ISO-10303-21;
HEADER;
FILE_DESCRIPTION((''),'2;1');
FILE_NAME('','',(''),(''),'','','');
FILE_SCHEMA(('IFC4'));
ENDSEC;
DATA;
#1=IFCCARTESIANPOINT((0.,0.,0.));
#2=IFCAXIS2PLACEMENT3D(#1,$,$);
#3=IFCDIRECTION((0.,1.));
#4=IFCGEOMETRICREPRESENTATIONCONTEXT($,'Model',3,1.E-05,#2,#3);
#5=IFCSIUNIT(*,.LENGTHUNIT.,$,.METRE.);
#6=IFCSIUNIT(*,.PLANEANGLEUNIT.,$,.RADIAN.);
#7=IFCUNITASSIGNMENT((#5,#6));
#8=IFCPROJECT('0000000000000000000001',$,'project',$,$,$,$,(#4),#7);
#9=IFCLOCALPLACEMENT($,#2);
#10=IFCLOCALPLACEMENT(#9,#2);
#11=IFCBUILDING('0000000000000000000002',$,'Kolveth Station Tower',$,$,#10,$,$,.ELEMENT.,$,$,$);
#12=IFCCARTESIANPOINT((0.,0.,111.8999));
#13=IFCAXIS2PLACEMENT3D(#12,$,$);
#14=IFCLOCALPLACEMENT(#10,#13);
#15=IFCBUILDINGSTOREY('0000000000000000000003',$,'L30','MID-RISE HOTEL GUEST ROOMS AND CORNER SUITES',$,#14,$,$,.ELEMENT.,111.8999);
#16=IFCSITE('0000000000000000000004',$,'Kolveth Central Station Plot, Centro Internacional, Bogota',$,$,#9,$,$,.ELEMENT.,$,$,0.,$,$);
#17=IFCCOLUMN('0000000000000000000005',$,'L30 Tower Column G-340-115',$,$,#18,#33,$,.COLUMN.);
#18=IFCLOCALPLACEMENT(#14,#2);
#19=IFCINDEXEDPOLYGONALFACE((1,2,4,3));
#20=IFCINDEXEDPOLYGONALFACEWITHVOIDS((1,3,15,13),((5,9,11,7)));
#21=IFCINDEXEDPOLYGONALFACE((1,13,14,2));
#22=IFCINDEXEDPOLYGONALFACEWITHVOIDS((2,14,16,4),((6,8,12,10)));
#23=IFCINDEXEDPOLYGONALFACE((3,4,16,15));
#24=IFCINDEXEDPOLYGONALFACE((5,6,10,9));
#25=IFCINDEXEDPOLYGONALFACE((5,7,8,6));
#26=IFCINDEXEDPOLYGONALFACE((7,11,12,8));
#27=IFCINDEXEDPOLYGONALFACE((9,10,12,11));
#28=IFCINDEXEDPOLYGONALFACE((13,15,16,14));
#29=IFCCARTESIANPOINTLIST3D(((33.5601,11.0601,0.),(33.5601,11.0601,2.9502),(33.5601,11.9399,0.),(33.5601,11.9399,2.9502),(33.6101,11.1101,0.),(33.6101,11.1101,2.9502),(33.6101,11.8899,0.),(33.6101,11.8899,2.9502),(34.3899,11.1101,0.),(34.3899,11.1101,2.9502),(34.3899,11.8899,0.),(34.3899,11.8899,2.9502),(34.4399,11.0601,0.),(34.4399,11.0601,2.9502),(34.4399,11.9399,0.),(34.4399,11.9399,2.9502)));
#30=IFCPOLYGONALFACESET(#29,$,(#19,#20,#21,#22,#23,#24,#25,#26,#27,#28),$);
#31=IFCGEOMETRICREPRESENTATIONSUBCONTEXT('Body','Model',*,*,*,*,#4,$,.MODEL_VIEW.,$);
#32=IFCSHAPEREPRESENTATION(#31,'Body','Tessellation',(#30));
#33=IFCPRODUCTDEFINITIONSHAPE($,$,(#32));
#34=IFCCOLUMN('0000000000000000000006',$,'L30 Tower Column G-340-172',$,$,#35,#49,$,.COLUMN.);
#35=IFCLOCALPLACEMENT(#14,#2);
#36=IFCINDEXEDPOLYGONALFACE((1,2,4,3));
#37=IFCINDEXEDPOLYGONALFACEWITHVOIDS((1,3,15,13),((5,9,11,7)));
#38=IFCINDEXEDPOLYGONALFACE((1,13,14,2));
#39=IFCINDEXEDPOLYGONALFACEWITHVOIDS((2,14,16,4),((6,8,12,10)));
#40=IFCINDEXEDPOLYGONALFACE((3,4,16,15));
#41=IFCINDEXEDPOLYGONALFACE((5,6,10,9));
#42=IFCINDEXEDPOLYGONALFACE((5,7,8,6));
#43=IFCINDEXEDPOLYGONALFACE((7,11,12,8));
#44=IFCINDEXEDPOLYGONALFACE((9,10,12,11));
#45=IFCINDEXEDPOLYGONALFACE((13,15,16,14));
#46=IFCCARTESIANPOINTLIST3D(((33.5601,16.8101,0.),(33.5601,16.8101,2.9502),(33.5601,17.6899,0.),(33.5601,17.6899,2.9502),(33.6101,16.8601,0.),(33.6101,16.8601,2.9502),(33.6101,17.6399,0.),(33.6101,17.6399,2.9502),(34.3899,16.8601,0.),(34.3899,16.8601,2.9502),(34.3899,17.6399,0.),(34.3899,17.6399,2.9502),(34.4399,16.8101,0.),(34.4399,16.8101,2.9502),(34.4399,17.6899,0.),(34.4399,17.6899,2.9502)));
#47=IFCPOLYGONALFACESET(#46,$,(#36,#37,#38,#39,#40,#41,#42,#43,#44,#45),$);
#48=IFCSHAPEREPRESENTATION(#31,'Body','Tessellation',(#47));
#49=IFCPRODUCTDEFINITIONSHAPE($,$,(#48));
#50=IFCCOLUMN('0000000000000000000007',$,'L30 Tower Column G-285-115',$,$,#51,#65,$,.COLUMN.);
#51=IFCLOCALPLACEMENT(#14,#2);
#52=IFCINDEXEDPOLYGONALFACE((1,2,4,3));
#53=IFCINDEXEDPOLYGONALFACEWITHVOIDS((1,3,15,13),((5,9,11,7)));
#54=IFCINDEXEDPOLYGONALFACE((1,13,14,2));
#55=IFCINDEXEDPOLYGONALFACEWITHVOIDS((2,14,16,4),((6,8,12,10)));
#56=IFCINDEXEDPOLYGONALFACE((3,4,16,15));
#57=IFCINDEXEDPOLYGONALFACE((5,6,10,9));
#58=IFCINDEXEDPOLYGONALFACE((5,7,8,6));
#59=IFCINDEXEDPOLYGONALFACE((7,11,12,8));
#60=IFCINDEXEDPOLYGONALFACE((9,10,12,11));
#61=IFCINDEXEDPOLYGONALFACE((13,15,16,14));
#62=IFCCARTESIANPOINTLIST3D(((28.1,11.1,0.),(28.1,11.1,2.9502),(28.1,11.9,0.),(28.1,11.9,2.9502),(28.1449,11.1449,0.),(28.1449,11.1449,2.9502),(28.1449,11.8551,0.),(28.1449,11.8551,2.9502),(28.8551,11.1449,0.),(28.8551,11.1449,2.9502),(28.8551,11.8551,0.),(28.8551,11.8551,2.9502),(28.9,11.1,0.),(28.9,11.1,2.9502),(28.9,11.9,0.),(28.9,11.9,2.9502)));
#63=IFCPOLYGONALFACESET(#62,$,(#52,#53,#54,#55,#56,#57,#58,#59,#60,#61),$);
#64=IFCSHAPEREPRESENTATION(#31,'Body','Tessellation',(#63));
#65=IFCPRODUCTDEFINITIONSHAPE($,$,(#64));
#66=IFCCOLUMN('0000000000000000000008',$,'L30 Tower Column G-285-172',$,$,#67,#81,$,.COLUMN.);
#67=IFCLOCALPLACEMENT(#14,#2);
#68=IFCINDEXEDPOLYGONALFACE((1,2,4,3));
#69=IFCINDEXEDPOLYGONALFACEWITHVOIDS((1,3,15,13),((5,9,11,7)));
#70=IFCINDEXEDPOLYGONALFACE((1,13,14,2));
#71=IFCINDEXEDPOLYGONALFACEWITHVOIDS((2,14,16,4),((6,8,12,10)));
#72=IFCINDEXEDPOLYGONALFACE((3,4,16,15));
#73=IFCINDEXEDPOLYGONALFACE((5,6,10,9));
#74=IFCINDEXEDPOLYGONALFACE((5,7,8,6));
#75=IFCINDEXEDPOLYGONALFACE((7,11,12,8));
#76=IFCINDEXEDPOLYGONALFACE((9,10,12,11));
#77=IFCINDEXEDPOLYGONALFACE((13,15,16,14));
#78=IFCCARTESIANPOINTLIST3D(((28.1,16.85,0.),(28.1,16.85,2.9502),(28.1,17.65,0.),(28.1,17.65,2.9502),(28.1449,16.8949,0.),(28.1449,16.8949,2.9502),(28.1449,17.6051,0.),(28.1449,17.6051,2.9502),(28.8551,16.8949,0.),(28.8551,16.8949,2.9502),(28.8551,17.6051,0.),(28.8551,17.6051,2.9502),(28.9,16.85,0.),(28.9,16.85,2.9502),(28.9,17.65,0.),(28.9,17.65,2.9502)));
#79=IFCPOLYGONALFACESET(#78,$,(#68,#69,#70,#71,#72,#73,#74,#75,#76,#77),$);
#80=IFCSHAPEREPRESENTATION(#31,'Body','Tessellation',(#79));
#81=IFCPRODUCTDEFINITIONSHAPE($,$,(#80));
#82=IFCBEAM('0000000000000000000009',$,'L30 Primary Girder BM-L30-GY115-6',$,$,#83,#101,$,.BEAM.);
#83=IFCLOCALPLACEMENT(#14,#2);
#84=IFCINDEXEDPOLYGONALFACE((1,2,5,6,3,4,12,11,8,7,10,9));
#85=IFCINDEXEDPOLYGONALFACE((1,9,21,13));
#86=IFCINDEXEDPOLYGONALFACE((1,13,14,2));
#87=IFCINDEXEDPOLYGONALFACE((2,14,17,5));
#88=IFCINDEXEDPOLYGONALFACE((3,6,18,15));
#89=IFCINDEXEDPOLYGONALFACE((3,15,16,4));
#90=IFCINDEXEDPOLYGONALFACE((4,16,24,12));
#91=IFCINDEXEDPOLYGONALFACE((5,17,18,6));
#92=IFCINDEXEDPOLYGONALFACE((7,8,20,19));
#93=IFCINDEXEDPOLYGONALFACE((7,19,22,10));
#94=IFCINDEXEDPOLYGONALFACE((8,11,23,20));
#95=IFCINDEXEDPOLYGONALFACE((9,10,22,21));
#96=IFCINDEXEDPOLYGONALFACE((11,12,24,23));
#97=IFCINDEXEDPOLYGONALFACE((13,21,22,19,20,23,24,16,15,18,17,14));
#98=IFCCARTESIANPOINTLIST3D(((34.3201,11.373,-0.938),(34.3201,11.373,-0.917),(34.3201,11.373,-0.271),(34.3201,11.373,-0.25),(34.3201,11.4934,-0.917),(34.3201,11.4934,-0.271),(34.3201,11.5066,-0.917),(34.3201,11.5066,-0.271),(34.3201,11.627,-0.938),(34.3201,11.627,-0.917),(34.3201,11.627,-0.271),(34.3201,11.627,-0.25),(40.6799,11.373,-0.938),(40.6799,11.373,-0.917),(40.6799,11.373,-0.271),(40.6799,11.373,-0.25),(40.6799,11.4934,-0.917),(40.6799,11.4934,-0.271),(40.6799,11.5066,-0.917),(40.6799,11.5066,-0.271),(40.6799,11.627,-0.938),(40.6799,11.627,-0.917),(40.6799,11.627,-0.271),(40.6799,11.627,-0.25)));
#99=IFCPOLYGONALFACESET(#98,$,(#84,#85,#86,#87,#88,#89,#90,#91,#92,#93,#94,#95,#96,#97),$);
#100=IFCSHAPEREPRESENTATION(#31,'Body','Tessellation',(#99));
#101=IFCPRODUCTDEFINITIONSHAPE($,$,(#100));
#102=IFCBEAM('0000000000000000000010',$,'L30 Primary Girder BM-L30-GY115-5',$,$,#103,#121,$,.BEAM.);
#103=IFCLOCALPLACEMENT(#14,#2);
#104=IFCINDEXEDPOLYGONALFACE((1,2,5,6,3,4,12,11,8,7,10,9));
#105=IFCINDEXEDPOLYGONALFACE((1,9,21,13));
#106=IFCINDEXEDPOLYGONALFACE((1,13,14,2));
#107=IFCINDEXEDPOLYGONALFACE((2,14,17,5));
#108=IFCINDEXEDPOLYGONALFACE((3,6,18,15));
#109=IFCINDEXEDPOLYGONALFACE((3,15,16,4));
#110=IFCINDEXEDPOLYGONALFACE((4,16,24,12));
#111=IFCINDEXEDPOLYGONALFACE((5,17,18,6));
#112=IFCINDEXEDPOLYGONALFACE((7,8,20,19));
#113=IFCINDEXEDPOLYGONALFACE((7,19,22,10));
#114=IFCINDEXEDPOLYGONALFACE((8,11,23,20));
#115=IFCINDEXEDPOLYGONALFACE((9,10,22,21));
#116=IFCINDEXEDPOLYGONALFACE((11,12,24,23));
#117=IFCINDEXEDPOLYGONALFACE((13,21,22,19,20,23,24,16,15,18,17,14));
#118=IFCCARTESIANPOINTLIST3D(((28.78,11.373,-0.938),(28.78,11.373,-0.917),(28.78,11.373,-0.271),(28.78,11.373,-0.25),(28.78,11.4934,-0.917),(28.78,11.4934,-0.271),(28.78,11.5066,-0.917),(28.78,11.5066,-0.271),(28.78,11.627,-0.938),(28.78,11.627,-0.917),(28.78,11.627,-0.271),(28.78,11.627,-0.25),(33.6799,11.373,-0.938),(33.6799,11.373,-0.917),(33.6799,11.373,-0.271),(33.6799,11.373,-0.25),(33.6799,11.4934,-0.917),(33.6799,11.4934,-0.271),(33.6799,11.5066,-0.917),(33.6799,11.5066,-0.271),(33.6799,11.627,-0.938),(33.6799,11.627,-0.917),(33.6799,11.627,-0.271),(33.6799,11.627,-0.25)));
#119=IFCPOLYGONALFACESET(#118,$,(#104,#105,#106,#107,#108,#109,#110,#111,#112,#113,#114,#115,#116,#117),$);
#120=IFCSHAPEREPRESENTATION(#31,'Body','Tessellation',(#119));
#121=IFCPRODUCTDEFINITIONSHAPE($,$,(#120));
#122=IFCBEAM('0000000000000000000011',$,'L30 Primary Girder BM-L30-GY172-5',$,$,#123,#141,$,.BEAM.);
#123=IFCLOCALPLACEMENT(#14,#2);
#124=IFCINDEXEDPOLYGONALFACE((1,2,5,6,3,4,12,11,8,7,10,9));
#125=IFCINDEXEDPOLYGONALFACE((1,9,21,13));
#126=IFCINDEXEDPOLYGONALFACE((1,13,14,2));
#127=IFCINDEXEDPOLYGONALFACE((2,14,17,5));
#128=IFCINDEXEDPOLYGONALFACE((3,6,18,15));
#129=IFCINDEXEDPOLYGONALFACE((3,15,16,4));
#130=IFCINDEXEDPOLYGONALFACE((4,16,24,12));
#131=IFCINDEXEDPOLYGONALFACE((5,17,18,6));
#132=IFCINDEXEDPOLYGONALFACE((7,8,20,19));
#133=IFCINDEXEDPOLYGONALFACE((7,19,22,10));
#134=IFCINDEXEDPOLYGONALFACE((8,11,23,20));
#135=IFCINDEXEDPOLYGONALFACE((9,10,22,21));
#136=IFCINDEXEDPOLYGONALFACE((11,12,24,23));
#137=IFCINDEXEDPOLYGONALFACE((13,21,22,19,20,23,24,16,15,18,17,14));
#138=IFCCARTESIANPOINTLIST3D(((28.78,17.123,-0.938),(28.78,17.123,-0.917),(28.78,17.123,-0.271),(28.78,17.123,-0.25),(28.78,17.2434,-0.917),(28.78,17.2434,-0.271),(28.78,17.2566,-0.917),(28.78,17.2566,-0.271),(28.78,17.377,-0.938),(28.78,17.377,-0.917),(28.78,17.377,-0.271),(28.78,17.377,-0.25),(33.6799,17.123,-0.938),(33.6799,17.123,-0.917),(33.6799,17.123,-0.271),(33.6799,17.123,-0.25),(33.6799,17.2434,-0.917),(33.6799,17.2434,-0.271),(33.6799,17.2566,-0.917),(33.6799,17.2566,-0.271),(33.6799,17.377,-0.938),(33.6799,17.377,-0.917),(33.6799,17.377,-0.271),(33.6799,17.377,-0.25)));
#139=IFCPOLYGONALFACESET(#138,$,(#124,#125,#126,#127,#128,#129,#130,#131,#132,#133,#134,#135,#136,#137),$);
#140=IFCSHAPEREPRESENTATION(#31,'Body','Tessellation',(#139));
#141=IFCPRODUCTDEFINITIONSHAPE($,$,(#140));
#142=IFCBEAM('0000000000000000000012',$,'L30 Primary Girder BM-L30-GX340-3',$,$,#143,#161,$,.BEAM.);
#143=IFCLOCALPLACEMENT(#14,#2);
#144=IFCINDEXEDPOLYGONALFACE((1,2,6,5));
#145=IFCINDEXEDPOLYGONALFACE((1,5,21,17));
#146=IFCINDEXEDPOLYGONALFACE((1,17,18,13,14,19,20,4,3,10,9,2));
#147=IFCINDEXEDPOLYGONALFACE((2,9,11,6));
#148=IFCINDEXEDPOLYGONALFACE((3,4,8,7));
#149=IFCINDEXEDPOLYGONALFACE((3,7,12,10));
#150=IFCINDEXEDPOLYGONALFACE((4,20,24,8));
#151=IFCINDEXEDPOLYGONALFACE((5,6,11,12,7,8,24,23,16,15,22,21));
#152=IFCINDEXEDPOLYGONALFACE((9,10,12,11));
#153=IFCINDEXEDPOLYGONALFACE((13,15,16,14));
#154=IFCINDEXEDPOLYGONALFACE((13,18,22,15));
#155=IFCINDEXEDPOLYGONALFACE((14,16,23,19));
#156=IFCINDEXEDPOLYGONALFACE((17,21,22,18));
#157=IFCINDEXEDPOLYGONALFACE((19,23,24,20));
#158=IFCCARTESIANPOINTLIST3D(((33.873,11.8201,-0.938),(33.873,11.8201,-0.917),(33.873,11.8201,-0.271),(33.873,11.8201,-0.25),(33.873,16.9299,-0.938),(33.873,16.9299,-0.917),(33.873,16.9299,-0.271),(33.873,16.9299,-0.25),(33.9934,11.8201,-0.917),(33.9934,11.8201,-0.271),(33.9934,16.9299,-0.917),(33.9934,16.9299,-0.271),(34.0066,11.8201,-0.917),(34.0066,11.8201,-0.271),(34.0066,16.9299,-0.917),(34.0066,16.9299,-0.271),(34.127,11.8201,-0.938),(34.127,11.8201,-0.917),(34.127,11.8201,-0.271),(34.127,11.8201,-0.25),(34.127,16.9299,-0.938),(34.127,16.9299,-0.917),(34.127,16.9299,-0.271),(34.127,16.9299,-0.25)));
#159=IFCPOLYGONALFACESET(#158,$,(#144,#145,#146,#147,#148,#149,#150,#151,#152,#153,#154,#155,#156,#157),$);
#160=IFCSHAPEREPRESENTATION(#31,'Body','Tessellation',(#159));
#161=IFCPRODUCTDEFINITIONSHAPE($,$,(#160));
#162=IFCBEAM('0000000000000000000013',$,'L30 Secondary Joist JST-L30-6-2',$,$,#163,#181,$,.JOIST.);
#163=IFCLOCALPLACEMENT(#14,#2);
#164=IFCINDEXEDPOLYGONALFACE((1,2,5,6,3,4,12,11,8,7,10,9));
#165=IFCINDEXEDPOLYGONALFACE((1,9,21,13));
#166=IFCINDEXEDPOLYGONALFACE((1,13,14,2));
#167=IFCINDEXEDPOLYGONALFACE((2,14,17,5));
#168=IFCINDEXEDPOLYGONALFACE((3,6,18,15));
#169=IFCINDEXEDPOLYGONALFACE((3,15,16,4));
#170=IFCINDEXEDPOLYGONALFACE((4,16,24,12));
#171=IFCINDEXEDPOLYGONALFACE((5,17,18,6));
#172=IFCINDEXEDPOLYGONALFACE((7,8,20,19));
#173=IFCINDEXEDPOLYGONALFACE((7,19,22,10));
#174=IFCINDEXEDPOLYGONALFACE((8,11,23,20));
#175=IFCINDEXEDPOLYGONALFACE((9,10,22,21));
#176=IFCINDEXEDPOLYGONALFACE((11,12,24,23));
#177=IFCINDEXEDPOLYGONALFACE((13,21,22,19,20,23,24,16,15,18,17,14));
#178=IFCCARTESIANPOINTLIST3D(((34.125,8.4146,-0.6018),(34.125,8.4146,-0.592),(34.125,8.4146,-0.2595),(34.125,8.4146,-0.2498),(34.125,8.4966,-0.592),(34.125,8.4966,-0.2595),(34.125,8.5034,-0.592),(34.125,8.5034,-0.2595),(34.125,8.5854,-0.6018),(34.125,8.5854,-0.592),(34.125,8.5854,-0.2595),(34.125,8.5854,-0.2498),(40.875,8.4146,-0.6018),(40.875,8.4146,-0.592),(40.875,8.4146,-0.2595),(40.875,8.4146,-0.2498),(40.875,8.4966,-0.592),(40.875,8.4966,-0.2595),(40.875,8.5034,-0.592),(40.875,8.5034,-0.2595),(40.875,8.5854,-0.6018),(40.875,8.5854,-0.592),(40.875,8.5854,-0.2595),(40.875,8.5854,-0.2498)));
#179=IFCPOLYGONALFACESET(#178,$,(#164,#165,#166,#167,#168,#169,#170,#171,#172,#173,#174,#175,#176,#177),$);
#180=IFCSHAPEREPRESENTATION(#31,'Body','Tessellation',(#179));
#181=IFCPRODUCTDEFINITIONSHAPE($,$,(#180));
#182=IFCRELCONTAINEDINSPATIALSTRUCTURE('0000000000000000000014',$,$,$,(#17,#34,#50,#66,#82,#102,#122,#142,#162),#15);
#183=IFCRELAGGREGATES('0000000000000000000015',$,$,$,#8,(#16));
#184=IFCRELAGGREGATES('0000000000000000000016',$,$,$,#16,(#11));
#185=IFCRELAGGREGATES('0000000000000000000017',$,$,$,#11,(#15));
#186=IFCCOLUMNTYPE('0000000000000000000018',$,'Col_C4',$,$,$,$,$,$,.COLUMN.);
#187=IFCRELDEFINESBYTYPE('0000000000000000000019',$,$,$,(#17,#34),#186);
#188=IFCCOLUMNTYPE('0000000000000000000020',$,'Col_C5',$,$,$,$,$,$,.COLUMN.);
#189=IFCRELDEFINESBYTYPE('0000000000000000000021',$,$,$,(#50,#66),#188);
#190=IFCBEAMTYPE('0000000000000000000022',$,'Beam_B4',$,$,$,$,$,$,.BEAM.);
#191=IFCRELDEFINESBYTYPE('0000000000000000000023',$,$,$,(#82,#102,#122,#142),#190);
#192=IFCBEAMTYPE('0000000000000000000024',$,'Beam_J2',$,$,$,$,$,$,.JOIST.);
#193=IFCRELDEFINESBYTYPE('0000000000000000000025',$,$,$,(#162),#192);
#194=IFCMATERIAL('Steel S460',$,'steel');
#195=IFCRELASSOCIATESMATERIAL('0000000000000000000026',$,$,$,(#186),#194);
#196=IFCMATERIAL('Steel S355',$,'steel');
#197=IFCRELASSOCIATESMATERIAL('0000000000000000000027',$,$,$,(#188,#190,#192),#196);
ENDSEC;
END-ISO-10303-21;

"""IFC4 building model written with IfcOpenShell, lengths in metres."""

from ifc_helpers import new_model, si_unit, direction, frame, origin, origin_2d, place, context, subcontext, project, spatial, hollow_rectangle, i_section, extrude, source, transform, mapped, material, material_profile, profile_set, type_object, element, save


model = new_model("IFC4")

# Units and contexts
model_context = context("Model", 3, precision=1e-05, world=origin(), true_north=direction((0.0, 1.0)))
body_context = subcontext(model_context, "Body", "Model", "MODEL_VIEW")
ifc_project = project(units=[si_unit("LENGTHUNIT", "METRE"), si_unit("PLANEANGLEUNIT", "RADIAN")], contexts=[model_context])

# Site, building, storey
site_placement = place(None, origin())
site = spatial("IfcSite", under=ifc_project, at=site_placement, Name="Kolveth Central Station Plot, Centro Internacional, Bogota", CompositionType="ELEMENT", RefElevation=0.0)
building_placement = place(site_placement, origin())
building = spatial("IfcBuilding", under=site, at=building_placement, Name="Kolveth Station Tower", CompositionType="ELEMENT")
storey_placement = place(building_placement, frame((0.0, 0.0, 111.8999)))
storey = spatial("IfcBuildingStorey", under=building, at=storey_placement, Name="L30", Description="MID-RISE HOTEL GUEST ROOMS AND CORNER SUITES", CompositionType="ELEMENT", Elevation=111.8999)

# Columns
ifc_material_1 = material(Name="Steel S460", Category="steel")
ifc_material_profile_1 = material_profile(ifc_material_1, hollow_rectangle(XDim=0.8799, YDim=0.8799, WallThickness=0.05, at=origin_2d()), Name="BOX880x880x50")
ifc_profile_set_1 = profile_set([ifc_material_profile_1], Name="Steel S460")
column_type_1 = type_object("IfcColumnType", Name="Col_C4", PredefinedType="COLUMN", material=ifc_profile_set_1)
shared_shape_1 = source(origin(), body_context, "Body", "SweptSolid", [
    extrude(hollow_rectangle(XDim=0.8799, YDim=0.8799, WallThickness=0.05, at=origin_2d()), origin(), (0.0, 0.0, 1.0), 2.9502),
])
for number, where, z_axis, x_axis, name in (
    (1, (34.0, 11.5, 0.0), (0.0, 0.0, 1.0), (1.0, 0.0, 0.0), "L30 Tower Column G-340-115"),
    (2, (34.0, 17.25, 0.0), (0.0, 0.0, 1.0), (1.0, 0.0, 0.0), "L30 Tower Column G-340-172"),
):
    element("IfcColumn", number, at=place(storey_placement, frame(where, z_axis=z_axis, x_axis=x_axis)), inside=storey, type_object=column_type_1, Name=name, PredefinedType="COLUMN", context=body_context, shape_type="MappedRepresentation", body=[
        mapped(shared_shape_1, transform((0.0, 0.0, 0.0), x_axis=(1.0, 0.0, 0.0), y_axis=(0.0, 1.0, 0.0), z_axis=(0.0, 0.0, 1.0), scale=1.0)),
    ])
ifc_material_2 = material(Name="Steel S355", Category="steel")
ifc_material_profile_2 = material_profile(ifc_material_2, hollow_rectangle(XDim=0.8, YDim=0.8, WallThickness=0.0449, at=origin_2d()), Name="BOX800x800x45")
ifc_profile_set_2 = profile_set([ifc_material_profile_2], Name="Steel S355")
column_type_2 = type_object("IfcColumnType", Name="Col_C5", PredefinedType="COLUMN", material=ifc_profile_set_2)
shared_shape_2 = source(origin(), body_context, "Body", "SweptSolid", [
    extrude(hollow_rectangle(XDim=0.8, YDim=0.8, WallThickness=0.0449, at=origin_2d()), origin(), (0.0, 0.0, 1.0), 2.9502),
])
for number, where, z_axis, x_axis, name in (
    (3, (28.5, 11.5, 0.0), (0.0, 0.0, 1.0), (1.0, 0.0, 0.0), "L30 Tower Column G-285-115"),
    (4, (28.5, 17.25, 0.0), (0.0, 0.0, 1.0), (1.0, 0.0, 0.0), "L30 Tower Column G-285-172"),
):
    element("IfcColumn", number, at=place(storey_placement, frame(where, z_axis=z_axis, x_axis=x_axis)), inside=storey, type_object=column_type_2, Name=name, PredefinedType="COLUMN", context=body_context, shape_type="MappedRepresentation", body=[
        mapped(shared_shape_2, transform((0.0, 0.0, 0.0), x_axis=(1.0, 0.0, 0.0), y_axis=(0.0, 1.0, 0.0), z_axis=(0.0, 0.0, 1.0), scale=1.0)),
    ])

# Beams
ifc_material_profile_3 = material_profile(ifc_material_2, i_section(OverallWidth=0.2539, OverallDepth=0.688, WebThickness=0.0132, FlangeThickness=0.021, at=origin_2d()), Name="W690x152")
ifc_profile_set_3 = profile_set([ifc_material_profile_3], Name="Steel S355")
beam_type_1 = type_object("IfcBeamType", Name="Beam_B4", PredefinedType="BEAM", material=ifc_profile_set_3)
shared_shape_3 = source(origin(), body_context, "Body", "SweptSolid", [
    extrude(i_section(OverallWidth=0.2539, OverallDepth=0.688, WebThickness=0.0132, FlangeThickness=0.021, at=origin_2d()), origin(), (0.0, 0.0, 1.0), 6.3599),
])
beam_1_placement = place(storey_placement, frame((34.3201, 11.5, -0.594), z_axis=(1.0, 0.0, 0.0), x_axis=(0.0, 1.0, 0.0)))
element("IfcBeam", 5, at=beam_1_placement, inside=storey, type_object=beam_type_1, Name="L30 Primary Girder BM-L30-GY115-6", PredefinedType="BEAM", context=body_context, shape_type="MappedRepresentation", body=[
    mapped(shared_shape_3, transform((0.0, 0.0, 0.0), x_axis=(1.0, 0.0, 0.0), y_axis=(0.0, 1.0, 0.0), z_axis=(0.0, 0.0, 1.0), scale=1.0)),
])
shared_shape_4 = source(origin(), body_context, "Body", "SweptSolid", [
    extrude(i_section(OverallWidth=0.2539, OverallDepth=0.688, WebThickness=0.0132, FlangeThickness=0.021, at=origin_2d()), origin(), (0.0, 0.0, 1.0), 4.8999),
])
for number, where, z_axis, x_axis, name in (
    (6, (28.78, 11.5, -0.594), (1.0, 0.0, 0.0), (0.0, 1.0, 0.0), "L30 Primary Girder BM-L30-GY115-5"),
    (7, (28.78, 17.25, -0.594), (1.0, 0.0, 0.0), (0.0, 1.0, 0.0), "L30 Primary Girder BM-L30-GY172-5"),
):
    element("IfcBeam", number, at=place(storey_placement, frame(where, z_axis=z_axis, x_axis=x_axis)), inside=storey, type_object=beam_type_1, Name=name, PredefinedType="BEAM", context=body_context, shape_type="MappedRepresentation", body=[
        mapped(shared_shape_4, transform((0.0, 0.0, 0.0), x_axis=(1.0, 0.0, 0.0), y_axis=(0.0, 1.0, 0.0), z_axis=(0.0, 0.0, 1.0), scale=1.0)),
    ])
shared_shape_5 = source(origin(), body_context, "Body", "SweptSolid", [
    extrude(i_section(OverallWidth=0.2539, OverallDepth=0.688, WebThickness=0.0132, FlangeThickness=0.021, at=origin_2d()), origin(), (0.0, 0.0, 1.0), 5.1099),
])
beam_2_placement = place(storey_placement, frame((34.0, 11.8201, -0.594), z_axis=(0.0, 1.0, 0.0), x_axis=(-1.0, 0.0, 0.0)))
element("IfcBeam", 8, at=beam_2_placement, inside=storey, type_object=beam_type_1, Name="L30 Primary Girder BM-L30-GX340-3", PredefinedType="BEAM", context=body_context, shape_type="MappedRepresentation", body=[
    mapped(shared_shape_5, transform((0.0, 0.0, 0.0), x_axis=(1.0, 0.0, 0.0), y_axis=(0.0, 1.0, 0.0), z_axis=(0.0, 0.0, 1.0), scale=1.0)),
])
ifc_material_profile_4 = material_profile(ifc_material_2, i_section(OverallWidth=0.1709, OverallDepth=0.3521, WebThickness=0.0068, FlangeThickness=0.0098, at=origin_2d()), Name="W360x44")
ifc_profile_set_4 = profile_set([ifc_material_profile_4], Name="Steel S355")
beam_type_2 = type_object("IfcBeamType", Name="Beam_J2", PredefinedType="JOIST", material=ifc_profile_set_4)
shared_shape_6 = source(origin(), body_context, "Body", "SweptSolid", [
    extrude(i_section(OverallWidth=0.1709, OverallDepth=0.3521, WebThickness=0.0068, FlangeThickness=0.0098, at=origin_2d()), origin(), (0.0, 0.0, 1.0), 6.75),
])
for number, where, z_axis, x_axis, name in (
    (9, (34.125, 8.5, -0.4258), (1.0, 0.0, 0.0), (0.0, 1.0, 0.0), "L30 Secondary Joist JST-L30-6-2"),
):
    element("IfcBeam", number, at=place(storey_placement, frame(where, z_axis=z_axis, x_axis=x_axis)), inside=storey, type_object=beam_type_2, Name=name, PredefinedType="JOIST", context=body_context, shape_type="MappedRepresentation", body=[
        mapped(shared_shape_6, transform((0.0, 0.0, 0.0), x_axis=(1.0, 0.0, 0.0), y_axis=(0.0, 1.0, 0.0), z_axis=(0.0, 0.0, 1.0), scale=1.0)),
    ])

save(model, "model.ifc")
